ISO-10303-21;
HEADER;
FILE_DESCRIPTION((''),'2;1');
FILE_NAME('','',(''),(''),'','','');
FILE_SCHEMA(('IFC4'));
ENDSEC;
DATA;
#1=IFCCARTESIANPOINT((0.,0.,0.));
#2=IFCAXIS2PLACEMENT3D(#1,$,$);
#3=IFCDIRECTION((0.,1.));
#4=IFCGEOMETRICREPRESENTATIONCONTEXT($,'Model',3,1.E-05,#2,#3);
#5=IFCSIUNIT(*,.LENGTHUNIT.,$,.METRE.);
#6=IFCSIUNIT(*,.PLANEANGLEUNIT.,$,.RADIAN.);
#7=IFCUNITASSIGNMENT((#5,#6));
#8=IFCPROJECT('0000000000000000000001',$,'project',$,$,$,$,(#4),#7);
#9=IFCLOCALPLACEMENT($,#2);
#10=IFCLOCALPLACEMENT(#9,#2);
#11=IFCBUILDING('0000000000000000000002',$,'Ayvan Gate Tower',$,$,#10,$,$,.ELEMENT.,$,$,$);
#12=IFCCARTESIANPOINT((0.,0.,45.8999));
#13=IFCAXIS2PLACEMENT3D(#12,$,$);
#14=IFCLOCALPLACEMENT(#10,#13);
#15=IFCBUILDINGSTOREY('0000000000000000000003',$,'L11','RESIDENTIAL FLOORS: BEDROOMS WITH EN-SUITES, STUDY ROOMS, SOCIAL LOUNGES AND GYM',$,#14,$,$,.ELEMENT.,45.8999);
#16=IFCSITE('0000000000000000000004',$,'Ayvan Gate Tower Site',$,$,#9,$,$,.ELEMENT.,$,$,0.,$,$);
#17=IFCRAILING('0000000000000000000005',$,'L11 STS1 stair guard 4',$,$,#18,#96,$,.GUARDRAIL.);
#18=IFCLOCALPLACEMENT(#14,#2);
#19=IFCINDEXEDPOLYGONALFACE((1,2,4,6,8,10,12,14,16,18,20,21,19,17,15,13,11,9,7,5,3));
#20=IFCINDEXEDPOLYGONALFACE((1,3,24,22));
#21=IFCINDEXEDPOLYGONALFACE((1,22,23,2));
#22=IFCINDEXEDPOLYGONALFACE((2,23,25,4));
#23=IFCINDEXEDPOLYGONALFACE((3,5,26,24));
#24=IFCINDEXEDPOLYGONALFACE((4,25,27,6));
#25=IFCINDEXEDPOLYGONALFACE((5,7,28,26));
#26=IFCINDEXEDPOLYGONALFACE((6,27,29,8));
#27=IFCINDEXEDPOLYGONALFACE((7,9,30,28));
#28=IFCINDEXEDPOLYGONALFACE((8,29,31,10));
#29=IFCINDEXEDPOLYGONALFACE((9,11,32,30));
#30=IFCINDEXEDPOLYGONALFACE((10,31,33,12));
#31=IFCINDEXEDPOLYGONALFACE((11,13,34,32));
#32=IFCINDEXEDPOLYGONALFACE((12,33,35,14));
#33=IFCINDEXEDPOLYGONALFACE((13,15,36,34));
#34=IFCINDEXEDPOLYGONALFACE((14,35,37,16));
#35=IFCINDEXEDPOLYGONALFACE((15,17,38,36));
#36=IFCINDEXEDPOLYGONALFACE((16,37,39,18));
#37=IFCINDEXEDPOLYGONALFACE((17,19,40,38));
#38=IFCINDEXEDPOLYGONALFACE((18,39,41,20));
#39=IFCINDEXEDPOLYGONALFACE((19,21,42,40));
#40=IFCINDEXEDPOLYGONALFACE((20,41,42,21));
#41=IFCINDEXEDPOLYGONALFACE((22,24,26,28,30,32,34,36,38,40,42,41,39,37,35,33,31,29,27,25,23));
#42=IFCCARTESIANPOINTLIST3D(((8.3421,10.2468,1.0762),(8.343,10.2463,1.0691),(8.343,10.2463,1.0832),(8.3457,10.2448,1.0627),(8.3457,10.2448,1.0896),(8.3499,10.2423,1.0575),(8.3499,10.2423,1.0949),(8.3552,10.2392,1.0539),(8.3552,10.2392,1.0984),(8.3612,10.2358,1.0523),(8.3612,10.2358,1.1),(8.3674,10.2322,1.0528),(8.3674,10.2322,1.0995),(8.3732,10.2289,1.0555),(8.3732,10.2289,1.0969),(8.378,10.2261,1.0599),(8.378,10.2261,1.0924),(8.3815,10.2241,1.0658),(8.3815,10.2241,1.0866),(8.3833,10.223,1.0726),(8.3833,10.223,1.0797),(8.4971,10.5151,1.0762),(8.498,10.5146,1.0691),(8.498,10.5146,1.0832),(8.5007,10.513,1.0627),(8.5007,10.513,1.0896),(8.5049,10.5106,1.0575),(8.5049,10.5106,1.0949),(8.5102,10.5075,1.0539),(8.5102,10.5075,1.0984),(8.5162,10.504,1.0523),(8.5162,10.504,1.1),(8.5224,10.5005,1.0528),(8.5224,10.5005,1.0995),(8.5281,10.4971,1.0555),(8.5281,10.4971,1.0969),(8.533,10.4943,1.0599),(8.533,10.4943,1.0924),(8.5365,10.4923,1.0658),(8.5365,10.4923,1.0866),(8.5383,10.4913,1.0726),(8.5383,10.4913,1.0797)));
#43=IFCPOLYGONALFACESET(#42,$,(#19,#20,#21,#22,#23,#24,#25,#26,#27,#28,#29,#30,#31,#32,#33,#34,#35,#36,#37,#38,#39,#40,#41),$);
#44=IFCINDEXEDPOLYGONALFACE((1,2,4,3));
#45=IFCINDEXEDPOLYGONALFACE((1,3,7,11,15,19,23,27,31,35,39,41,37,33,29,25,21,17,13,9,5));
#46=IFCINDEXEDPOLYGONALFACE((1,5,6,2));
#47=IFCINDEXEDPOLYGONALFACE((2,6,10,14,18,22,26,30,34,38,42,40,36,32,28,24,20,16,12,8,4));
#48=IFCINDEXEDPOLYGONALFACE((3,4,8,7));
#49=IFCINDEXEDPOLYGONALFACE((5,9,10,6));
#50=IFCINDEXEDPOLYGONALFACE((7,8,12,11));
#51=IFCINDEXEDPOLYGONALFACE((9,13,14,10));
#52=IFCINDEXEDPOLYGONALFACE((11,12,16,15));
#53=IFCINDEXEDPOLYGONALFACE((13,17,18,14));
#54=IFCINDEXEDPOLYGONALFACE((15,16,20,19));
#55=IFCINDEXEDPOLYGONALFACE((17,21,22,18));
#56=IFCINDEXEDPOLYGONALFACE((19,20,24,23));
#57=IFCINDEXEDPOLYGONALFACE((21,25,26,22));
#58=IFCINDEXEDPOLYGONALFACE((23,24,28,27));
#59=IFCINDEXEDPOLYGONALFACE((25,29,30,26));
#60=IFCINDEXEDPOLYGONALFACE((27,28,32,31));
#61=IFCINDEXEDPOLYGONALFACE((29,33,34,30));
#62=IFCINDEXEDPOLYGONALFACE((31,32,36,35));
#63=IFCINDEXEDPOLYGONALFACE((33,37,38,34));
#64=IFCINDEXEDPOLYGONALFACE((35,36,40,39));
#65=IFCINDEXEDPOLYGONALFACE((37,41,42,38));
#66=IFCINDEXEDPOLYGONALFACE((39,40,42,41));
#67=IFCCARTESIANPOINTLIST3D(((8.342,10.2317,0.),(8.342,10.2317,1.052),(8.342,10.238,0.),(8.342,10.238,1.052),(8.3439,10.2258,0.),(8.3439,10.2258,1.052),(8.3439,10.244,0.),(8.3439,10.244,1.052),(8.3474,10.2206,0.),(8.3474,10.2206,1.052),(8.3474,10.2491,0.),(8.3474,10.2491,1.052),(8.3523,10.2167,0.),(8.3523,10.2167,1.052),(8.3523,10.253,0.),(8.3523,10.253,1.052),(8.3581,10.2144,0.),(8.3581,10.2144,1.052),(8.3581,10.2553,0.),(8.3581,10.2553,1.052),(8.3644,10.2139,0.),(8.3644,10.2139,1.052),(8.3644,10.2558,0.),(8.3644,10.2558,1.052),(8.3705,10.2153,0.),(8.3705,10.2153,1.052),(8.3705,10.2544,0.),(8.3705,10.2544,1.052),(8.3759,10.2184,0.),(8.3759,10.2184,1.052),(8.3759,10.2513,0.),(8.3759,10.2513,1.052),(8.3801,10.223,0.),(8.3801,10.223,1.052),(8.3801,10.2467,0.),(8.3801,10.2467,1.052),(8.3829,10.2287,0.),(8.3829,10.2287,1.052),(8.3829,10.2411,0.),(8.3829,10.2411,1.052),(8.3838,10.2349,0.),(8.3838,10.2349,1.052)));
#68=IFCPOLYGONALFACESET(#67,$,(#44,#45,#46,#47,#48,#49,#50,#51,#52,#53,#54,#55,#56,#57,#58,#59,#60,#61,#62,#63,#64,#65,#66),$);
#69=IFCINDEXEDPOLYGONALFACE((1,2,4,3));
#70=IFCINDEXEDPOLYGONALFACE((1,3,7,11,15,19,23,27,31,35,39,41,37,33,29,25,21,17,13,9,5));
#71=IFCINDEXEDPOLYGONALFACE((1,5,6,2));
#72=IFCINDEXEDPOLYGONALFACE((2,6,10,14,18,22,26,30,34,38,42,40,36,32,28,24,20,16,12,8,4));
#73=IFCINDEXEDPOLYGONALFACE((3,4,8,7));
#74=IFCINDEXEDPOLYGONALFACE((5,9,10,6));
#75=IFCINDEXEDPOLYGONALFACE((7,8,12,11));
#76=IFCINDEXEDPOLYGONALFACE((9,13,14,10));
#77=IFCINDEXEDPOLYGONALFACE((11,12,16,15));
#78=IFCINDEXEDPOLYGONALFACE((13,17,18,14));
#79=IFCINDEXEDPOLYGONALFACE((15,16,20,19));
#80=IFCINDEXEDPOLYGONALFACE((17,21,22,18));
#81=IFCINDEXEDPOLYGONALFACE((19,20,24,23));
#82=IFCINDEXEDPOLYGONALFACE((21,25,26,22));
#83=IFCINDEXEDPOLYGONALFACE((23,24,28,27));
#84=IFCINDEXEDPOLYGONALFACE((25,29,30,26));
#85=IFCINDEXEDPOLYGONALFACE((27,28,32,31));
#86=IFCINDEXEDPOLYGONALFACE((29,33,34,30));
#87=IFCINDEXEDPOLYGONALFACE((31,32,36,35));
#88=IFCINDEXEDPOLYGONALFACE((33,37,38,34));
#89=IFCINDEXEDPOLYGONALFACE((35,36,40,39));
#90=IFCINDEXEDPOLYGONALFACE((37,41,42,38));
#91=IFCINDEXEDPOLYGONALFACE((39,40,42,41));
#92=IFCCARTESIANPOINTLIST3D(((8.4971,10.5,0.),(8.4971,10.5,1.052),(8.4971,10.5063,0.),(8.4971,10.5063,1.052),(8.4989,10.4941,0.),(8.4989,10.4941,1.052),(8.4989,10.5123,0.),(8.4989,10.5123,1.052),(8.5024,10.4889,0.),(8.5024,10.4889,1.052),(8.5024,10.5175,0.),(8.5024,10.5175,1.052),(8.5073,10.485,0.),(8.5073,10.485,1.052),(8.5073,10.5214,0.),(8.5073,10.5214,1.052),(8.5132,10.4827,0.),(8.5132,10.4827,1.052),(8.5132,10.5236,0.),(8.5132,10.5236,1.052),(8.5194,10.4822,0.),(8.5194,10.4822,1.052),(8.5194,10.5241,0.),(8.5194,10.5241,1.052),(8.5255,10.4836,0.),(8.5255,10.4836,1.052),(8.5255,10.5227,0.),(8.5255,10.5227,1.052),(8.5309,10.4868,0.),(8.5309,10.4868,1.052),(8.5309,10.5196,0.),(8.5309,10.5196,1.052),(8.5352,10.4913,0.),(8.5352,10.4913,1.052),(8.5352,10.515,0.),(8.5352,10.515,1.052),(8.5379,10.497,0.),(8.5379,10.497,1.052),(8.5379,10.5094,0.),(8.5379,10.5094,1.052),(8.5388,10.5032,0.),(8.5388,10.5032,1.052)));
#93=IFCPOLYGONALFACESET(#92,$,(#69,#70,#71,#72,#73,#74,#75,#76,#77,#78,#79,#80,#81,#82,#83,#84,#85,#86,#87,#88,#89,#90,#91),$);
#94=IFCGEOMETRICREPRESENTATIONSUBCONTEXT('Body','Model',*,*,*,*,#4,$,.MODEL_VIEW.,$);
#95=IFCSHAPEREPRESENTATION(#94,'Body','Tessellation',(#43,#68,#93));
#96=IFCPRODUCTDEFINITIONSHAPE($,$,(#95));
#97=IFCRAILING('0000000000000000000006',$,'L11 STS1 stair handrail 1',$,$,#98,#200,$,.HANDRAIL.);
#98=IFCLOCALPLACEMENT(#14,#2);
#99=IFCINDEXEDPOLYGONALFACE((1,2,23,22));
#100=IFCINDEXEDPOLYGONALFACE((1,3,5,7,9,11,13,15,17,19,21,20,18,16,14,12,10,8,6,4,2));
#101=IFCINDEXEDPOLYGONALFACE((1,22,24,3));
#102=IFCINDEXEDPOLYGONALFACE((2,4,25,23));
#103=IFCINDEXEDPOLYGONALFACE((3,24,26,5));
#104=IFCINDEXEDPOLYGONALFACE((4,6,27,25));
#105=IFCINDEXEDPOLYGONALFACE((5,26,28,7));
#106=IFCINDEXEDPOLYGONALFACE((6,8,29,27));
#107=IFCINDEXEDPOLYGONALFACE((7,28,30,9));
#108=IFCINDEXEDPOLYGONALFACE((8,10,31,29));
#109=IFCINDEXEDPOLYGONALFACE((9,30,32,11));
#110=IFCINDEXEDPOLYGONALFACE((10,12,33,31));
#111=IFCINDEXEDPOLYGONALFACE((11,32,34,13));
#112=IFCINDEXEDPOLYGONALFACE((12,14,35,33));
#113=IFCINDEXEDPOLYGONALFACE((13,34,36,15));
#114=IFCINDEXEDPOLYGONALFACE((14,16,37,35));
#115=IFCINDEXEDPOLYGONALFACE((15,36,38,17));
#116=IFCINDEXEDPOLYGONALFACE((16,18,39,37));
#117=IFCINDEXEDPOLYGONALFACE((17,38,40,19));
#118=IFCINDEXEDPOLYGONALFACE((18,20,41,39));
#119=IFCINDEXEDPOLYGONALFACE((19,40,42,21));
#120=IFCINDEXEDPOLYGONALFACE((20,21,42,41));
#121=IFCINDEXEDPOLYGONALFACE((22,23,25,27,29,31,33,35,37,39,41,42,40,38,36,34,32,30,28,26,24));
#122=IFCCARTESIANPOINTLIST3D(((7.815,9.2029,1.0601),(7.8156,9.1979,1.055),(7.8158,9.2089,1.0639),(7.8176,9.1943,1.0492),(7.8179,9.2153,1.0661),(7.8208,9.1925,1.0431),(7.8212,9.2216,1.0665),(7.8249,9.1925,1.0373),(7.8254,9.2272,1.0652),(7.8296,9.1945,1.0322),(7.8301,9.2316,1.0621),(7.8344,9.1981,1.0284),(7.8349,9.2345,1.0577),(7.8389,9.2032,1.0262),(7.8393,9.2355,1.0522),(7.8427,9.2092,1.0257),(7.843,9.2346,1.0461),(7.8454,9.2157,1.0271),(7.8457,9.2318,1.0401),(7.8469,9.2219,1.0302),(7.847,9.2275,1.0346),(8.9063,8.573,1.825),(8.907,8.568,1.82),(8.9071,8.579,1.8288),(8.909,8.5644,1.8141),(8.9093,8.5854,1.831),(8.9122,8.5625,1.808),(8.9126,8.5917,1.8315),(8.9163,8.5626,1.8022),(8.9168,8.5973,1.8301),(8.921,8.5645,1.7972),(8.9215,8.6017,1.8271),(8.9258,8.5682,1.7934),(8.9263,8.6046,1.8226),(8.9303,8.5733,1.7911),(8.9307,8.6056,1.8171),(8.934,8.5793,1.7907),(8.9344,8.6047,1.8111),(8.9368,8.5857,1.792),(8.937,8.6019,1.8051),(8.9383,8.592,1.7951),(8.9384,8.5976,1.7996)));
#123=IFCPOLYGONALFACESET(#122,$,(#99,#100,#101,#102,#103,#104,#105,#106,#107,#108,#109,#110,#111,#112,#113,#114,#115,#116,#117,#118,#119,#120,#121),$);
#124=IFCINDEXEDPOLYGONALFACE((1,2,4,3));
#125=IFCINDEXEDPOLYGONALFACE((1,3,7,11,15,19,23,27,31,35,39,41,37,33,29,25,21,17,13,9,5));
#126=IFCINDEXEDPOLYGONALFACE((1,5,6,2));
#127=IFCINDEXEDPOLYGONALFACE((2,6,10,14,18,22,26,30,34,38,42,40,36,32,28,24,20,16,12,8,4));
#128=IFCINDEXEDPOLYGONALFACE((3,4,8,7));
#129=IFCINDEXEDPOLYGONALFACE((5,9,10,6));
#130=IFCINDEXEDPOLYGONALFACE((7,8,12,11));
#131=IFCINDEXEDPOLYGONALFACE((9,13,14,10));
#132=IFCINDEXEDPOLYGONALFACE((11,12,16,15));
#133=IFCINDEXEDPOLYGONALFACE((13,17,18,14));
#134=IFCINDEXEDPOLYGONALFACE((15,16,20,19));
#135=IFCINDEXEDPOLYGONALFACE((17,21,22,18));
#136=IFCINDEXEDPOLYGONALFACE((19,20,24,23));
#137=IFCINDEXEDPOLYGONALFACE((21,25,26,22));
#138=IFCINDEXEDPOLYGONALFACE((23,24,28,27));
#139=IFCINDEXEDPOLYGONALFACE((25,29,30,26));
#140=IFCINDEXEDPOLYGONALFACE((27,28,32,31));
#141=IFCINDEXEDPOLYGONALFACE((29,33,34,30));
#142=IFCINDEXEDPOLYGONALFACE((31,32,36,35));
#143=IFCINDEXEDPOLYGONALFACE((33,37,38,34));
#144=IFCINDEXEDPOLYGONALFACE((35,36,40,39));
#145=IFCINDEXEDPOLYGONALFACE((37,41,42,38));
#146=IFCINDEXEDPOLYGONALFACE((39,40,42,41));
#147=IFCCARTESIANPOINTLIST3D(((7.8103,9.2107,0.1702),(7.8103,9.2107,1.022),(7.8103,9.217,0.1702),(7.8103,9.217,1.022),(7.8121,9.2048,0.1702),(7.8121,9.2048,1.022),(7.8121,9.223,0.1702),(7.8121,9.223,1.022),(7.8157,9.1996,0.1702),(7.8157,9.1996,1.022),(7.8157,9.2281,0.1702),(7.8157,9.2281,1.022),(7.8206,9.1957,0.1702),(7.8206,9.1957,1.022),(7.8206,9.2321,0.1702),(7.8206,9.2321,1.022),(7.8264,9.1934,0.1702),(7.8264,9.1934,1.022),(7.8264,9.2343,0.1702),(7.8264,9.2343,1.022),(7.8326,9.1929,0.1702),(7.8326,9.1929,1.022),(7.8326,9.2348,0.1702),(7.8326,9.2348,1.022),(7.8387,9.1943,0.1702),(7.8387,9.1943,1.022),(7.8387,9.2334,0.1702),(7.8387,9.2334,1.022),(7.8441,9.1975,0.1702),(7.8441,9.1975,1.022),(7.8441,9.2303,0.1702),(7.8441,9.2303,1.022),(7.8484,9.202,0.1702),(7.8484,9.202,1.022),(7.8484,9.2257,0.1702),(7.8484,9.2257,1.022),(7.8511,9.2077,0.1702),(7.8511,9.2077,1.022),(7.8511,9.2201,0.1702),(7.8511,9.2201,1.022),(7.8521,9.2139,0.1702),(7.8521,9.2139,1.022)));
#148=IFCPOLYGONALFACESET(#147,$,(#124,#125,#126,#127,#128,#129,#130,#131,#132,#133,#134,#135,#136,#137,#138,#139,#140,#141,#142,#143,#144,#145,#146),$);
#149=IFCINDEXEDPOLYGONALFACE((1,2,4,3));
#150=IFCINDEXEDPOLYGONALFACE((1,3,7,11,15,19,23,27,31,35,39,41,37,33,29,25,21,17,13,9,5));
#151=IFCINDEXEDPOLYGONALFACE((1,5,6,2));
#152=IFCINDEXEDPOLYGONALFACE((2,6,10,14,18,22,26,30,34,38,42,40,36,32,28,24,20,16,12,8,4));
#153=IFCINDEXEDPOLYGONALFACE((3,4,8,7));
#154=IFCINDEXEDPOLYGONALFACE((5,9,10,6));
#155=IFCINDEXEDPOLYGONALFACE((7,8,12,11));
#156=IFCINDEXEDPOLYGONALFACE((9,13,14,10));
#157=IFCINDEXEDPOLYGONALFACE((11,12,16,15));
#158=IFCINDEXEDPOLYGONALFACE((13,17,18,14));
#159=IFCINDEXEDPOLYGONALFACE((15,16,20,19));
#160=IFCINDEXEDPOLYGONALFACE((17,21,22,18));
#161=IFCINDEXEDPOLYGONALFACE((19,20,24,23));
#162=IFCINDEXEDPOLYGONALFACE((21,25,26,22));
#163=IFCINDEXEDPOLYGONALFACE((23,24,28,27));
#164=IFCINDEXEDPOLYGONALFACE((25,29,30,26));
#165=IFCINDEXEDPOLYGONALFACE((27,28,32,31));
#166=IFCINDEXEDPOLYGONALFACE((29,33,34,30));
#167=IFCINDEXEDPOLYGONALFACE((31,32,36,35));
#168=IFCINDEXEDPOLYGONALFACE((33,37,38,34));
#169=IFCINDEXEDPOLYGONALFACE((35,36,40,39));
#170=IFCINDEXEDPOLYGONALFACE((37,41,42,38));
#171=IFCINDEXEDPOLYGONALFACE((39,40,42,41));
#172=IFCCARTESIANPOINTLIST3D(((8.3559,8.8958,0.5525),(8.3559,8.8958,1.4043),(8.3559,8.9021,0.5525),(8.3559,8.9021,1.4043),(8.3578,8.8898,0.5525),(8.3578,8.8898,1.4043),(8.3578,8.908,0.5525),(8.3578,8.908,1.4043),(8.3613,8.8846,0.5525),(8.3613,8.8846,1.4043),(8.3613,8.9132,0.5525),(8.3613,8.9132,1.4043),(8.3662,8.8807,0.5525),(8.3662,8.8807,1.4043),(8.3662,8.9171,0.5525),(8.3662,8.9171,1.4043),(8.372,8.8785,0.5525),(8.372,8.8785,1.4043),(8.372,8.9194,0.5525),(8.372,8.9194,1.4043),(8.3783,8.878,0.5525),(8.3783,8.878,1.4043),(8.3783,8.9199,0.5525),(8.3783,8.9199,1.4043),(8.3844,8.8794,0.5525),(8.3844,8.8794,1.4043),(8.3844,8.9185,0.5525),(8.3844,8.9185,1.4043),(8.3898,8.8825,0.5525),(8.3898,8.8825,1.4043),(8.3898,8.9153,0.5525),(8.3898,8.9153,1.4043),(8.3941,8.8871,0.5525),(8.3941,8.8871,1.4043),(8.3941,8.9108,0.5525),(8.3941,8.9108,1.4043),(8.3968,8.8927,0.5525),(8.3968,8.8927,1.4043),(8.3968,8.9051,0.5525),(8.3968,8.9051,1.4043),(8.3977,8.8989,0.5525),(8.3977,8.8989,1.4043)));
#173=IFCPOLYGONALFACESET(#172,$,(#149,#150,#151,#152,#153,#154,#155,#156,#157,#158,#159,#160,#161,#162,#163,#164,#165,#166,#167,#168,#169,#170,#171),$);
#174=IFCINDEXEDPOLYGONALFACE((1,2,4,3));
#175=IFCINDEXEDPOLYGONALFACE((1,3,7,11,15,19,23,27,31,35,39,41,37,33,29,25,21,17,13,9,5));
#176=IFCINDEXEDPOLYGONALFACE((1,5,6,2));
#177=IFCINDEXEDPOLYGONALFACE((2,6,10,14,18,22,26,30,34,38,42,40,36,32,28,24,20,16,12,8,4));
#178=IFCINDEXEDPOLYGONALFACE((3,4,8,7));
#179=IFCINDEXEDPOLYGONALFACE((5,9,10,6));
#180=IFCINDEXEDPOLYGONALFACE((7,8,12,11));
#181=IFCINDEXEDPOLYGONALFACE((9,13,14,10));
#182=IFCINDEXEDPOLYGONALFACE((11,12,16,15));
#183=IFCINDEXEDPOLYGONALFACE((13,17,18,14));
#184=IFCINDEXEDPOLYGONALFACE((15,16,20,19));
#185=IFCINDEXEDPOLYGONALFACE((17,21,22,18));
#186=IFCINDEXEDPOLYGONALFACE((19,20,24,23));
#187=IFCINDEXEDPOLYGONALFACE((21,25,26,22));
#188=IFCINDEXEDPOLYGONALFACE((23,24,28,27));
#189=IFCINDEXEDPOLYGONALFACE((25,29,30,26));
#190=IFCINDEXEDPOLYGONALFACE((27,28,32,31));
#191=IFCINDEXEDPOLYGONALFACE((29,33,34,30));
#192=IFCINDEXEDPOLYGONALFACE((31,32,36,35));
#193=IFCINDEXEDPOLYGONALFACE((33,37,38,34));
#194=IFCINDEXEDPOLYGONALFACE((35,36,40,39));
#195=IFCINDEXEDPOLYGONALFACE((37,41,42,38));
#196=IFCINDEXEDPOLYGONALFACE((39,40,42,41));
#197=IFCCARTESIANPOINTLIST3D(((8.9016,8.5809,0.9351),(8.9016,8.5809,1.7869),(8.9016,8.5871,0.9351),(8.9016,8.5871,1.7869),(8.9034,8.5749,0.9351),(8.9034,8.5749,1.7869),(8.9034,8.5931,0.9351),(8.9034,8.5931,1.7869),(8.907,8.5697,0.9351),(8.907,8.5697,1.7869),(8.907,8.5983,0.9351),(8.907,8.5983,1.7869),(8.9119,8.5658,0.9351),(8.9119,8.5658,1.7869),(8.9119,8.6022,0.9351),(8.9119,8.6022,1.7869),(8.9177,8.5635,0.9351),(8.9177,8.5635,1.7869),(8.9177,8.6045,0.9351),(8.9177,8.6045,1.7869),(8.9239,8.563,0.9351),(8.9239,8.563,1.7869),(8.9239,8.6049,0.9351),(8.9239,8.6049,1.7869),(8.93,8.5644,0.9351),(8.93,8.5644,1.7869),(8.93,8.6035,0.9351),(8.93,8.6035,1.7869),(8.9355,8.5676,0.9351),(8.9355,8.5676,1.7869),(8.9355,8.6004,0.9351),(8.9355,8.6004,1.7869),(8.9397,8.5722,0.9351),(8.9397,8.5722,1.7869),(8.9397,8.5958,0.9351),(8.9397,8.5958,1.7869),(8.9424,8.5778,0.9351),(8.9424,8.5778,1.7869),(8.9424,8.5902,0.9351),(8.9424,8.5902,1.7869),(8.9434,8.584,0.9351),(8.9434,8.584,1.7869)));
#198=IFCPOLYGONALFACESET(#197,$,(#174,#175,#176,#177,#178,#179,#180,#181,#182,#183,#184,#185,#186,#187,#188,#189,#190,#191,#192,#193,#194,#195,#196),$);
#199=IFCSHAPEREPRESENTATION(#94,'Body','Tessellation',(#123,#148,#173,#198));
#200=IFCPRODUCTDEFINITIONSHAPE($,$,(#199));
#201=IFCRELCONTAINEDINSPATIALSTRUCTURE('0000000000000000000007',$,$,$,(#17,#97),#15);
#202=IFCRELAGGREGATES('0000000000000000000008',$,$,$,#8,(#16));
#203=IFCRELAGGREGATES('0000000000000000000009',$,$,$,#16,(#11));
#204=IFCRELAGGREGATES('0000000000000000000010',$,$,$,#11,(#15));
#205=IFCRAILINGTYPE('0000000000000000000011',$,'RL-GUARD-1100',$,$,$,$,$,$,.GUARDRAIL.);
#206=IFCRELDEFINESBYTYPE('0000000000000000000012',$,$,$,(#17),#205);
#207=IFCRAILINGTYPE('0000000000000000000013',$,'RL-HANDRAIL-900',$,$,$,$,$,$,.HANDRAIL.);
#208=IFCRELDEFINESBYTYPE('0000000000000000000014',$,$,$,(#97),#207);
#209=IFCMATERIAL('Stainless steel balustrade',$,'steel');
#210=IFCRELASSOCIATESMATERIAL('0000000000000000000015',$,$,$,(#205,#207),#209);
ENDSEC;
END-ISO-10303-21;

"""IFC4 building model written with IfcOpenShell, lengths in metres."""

from ifc_helpers import new_model, si_unit, direction, frame, origin, origin_2d, place, context, subcontext, project, spatial, circle, extrude, material, type_object, element, save


model = new_model("IFC4")

# Units and contexts
model_context = context("Model", 3, precision=1e-05, world=origin(), true_north=direction((0.0, 1.0)))
body_context = subcontext(model_context, "Body", "Model", "MODEL_VIEW")
ifc_project = project(units=[si_unit("LENGTHUNIT", "METRE"), si_unit("PLANEANGLEUNIT", "RADIAN")], contexts=[model_context])

# Site, building, storey
site_placement = place(None, origin())
site = spatial("IfcSite", under=ifc_project, at=site_placement, Name="Ayvan Gate Tower Site", CompositionType="ELEMENT", RefElevation=0.0)
building_placement = place(site_placement, origin())
building = spatial("IfcBuilding", under=site, at=building_placement, Name="Ayvan Gate Tower", CompositionType="ELEMENT")
storey_placement = place(building_placement, frame((0.0, 0.0, 45.8999)))
storey = spatial("IfcBuildingStorey", under=building, at=storey_placement, Name="L11", Description="RESIDENTIAL FLOORS: BEDROOMS WITH EN-SUITES, STUDY ROOMS, SOCIAL LOUNGES AND GYM", CompositionType="ELEMENT", Elevation=45.8999)

# Railings
ifc_material_1 = material(Name="Stainless steel balustrade", Category="steel")
railing_type_1 = type_object("IfcRailingType", Name="RL-GUARD-1100", PredefinedType="GUARDRAIL", material=ifc_material_1)
railing_1_placement = place(storey_placement, frame((8.3628, 10.2349, 0.0)))
element("IfcRailing", 1, at=railing_1_placement, inside=storey, type_object=railing_type_1, Name="L11 STS1 stair guard 4", PredefinedType="GUARDRAIL", context=body_context, shape_type="SweptSolid", body=[
    extrude(circle(Radius=0.0239, at=origin_2d()), frame((0.0, 0.0, 1.0762), z_axis=(0.500291, 0.865857, 0.0), x_axis=(-0.865857, 0.500291, 0.0)), (0.0, 0.0, 1.0), 0.3098),
    extrude(circle(Radius=0.021, at=origin_2d()), origin(), (0.0, 0.0, 1.0), 1.052),
    extrude(circle(Radius=0.021, at=origin_2d()), frame((0.155, 0.2683, 0.0)), (0.0, 0.0, 1.0), 1.052),
])
railing_type_2 = type_object("IfcRailingType", Name="RL-HANDRAIL-900", PredefinedType="HANDRAIL", material=ifc_material_1)
railing_2_placement = place(storey_placement, frame((7.8311, 9.2139, 0.1702)))
element("IfcRailing", 2, at=railing_2_placement, inside=storey, type_object=railing_type_2, Name="L11 STS1 stair handrail 1", PredefinedType="HANDRAIL", context=body_context, shape_type="SweptSolid", body=[
    extrude(circle(Radius=0.0239, at=origin_2d()), frame((0.0, 0.0, 0.876), z_axis=(0.740357, -0.42732, 0.518912), x_axis=(0.49989, 0.866089, 0.0)), (0.0, 0.0, 1.0), 1.4741),
    extrude(circle(Radius=0.021, at=origin_2d()), origin(), (0.0, 0.0, 1.0), 0.8518),
    extrude(circle(Radius=0.021, at=origin_2d()), frame((0.5457, -0.3149, 0.3823)), (0.0, 0.0, 1.0), 0.8518),
    extrude(circle(Radius=0.021, at=origin_2d()), frame((1.0913, -0.6299, 0.7649)), (0.0, 0.0, 1.0), 0.8518),
])

save(model, "model.ifc")
